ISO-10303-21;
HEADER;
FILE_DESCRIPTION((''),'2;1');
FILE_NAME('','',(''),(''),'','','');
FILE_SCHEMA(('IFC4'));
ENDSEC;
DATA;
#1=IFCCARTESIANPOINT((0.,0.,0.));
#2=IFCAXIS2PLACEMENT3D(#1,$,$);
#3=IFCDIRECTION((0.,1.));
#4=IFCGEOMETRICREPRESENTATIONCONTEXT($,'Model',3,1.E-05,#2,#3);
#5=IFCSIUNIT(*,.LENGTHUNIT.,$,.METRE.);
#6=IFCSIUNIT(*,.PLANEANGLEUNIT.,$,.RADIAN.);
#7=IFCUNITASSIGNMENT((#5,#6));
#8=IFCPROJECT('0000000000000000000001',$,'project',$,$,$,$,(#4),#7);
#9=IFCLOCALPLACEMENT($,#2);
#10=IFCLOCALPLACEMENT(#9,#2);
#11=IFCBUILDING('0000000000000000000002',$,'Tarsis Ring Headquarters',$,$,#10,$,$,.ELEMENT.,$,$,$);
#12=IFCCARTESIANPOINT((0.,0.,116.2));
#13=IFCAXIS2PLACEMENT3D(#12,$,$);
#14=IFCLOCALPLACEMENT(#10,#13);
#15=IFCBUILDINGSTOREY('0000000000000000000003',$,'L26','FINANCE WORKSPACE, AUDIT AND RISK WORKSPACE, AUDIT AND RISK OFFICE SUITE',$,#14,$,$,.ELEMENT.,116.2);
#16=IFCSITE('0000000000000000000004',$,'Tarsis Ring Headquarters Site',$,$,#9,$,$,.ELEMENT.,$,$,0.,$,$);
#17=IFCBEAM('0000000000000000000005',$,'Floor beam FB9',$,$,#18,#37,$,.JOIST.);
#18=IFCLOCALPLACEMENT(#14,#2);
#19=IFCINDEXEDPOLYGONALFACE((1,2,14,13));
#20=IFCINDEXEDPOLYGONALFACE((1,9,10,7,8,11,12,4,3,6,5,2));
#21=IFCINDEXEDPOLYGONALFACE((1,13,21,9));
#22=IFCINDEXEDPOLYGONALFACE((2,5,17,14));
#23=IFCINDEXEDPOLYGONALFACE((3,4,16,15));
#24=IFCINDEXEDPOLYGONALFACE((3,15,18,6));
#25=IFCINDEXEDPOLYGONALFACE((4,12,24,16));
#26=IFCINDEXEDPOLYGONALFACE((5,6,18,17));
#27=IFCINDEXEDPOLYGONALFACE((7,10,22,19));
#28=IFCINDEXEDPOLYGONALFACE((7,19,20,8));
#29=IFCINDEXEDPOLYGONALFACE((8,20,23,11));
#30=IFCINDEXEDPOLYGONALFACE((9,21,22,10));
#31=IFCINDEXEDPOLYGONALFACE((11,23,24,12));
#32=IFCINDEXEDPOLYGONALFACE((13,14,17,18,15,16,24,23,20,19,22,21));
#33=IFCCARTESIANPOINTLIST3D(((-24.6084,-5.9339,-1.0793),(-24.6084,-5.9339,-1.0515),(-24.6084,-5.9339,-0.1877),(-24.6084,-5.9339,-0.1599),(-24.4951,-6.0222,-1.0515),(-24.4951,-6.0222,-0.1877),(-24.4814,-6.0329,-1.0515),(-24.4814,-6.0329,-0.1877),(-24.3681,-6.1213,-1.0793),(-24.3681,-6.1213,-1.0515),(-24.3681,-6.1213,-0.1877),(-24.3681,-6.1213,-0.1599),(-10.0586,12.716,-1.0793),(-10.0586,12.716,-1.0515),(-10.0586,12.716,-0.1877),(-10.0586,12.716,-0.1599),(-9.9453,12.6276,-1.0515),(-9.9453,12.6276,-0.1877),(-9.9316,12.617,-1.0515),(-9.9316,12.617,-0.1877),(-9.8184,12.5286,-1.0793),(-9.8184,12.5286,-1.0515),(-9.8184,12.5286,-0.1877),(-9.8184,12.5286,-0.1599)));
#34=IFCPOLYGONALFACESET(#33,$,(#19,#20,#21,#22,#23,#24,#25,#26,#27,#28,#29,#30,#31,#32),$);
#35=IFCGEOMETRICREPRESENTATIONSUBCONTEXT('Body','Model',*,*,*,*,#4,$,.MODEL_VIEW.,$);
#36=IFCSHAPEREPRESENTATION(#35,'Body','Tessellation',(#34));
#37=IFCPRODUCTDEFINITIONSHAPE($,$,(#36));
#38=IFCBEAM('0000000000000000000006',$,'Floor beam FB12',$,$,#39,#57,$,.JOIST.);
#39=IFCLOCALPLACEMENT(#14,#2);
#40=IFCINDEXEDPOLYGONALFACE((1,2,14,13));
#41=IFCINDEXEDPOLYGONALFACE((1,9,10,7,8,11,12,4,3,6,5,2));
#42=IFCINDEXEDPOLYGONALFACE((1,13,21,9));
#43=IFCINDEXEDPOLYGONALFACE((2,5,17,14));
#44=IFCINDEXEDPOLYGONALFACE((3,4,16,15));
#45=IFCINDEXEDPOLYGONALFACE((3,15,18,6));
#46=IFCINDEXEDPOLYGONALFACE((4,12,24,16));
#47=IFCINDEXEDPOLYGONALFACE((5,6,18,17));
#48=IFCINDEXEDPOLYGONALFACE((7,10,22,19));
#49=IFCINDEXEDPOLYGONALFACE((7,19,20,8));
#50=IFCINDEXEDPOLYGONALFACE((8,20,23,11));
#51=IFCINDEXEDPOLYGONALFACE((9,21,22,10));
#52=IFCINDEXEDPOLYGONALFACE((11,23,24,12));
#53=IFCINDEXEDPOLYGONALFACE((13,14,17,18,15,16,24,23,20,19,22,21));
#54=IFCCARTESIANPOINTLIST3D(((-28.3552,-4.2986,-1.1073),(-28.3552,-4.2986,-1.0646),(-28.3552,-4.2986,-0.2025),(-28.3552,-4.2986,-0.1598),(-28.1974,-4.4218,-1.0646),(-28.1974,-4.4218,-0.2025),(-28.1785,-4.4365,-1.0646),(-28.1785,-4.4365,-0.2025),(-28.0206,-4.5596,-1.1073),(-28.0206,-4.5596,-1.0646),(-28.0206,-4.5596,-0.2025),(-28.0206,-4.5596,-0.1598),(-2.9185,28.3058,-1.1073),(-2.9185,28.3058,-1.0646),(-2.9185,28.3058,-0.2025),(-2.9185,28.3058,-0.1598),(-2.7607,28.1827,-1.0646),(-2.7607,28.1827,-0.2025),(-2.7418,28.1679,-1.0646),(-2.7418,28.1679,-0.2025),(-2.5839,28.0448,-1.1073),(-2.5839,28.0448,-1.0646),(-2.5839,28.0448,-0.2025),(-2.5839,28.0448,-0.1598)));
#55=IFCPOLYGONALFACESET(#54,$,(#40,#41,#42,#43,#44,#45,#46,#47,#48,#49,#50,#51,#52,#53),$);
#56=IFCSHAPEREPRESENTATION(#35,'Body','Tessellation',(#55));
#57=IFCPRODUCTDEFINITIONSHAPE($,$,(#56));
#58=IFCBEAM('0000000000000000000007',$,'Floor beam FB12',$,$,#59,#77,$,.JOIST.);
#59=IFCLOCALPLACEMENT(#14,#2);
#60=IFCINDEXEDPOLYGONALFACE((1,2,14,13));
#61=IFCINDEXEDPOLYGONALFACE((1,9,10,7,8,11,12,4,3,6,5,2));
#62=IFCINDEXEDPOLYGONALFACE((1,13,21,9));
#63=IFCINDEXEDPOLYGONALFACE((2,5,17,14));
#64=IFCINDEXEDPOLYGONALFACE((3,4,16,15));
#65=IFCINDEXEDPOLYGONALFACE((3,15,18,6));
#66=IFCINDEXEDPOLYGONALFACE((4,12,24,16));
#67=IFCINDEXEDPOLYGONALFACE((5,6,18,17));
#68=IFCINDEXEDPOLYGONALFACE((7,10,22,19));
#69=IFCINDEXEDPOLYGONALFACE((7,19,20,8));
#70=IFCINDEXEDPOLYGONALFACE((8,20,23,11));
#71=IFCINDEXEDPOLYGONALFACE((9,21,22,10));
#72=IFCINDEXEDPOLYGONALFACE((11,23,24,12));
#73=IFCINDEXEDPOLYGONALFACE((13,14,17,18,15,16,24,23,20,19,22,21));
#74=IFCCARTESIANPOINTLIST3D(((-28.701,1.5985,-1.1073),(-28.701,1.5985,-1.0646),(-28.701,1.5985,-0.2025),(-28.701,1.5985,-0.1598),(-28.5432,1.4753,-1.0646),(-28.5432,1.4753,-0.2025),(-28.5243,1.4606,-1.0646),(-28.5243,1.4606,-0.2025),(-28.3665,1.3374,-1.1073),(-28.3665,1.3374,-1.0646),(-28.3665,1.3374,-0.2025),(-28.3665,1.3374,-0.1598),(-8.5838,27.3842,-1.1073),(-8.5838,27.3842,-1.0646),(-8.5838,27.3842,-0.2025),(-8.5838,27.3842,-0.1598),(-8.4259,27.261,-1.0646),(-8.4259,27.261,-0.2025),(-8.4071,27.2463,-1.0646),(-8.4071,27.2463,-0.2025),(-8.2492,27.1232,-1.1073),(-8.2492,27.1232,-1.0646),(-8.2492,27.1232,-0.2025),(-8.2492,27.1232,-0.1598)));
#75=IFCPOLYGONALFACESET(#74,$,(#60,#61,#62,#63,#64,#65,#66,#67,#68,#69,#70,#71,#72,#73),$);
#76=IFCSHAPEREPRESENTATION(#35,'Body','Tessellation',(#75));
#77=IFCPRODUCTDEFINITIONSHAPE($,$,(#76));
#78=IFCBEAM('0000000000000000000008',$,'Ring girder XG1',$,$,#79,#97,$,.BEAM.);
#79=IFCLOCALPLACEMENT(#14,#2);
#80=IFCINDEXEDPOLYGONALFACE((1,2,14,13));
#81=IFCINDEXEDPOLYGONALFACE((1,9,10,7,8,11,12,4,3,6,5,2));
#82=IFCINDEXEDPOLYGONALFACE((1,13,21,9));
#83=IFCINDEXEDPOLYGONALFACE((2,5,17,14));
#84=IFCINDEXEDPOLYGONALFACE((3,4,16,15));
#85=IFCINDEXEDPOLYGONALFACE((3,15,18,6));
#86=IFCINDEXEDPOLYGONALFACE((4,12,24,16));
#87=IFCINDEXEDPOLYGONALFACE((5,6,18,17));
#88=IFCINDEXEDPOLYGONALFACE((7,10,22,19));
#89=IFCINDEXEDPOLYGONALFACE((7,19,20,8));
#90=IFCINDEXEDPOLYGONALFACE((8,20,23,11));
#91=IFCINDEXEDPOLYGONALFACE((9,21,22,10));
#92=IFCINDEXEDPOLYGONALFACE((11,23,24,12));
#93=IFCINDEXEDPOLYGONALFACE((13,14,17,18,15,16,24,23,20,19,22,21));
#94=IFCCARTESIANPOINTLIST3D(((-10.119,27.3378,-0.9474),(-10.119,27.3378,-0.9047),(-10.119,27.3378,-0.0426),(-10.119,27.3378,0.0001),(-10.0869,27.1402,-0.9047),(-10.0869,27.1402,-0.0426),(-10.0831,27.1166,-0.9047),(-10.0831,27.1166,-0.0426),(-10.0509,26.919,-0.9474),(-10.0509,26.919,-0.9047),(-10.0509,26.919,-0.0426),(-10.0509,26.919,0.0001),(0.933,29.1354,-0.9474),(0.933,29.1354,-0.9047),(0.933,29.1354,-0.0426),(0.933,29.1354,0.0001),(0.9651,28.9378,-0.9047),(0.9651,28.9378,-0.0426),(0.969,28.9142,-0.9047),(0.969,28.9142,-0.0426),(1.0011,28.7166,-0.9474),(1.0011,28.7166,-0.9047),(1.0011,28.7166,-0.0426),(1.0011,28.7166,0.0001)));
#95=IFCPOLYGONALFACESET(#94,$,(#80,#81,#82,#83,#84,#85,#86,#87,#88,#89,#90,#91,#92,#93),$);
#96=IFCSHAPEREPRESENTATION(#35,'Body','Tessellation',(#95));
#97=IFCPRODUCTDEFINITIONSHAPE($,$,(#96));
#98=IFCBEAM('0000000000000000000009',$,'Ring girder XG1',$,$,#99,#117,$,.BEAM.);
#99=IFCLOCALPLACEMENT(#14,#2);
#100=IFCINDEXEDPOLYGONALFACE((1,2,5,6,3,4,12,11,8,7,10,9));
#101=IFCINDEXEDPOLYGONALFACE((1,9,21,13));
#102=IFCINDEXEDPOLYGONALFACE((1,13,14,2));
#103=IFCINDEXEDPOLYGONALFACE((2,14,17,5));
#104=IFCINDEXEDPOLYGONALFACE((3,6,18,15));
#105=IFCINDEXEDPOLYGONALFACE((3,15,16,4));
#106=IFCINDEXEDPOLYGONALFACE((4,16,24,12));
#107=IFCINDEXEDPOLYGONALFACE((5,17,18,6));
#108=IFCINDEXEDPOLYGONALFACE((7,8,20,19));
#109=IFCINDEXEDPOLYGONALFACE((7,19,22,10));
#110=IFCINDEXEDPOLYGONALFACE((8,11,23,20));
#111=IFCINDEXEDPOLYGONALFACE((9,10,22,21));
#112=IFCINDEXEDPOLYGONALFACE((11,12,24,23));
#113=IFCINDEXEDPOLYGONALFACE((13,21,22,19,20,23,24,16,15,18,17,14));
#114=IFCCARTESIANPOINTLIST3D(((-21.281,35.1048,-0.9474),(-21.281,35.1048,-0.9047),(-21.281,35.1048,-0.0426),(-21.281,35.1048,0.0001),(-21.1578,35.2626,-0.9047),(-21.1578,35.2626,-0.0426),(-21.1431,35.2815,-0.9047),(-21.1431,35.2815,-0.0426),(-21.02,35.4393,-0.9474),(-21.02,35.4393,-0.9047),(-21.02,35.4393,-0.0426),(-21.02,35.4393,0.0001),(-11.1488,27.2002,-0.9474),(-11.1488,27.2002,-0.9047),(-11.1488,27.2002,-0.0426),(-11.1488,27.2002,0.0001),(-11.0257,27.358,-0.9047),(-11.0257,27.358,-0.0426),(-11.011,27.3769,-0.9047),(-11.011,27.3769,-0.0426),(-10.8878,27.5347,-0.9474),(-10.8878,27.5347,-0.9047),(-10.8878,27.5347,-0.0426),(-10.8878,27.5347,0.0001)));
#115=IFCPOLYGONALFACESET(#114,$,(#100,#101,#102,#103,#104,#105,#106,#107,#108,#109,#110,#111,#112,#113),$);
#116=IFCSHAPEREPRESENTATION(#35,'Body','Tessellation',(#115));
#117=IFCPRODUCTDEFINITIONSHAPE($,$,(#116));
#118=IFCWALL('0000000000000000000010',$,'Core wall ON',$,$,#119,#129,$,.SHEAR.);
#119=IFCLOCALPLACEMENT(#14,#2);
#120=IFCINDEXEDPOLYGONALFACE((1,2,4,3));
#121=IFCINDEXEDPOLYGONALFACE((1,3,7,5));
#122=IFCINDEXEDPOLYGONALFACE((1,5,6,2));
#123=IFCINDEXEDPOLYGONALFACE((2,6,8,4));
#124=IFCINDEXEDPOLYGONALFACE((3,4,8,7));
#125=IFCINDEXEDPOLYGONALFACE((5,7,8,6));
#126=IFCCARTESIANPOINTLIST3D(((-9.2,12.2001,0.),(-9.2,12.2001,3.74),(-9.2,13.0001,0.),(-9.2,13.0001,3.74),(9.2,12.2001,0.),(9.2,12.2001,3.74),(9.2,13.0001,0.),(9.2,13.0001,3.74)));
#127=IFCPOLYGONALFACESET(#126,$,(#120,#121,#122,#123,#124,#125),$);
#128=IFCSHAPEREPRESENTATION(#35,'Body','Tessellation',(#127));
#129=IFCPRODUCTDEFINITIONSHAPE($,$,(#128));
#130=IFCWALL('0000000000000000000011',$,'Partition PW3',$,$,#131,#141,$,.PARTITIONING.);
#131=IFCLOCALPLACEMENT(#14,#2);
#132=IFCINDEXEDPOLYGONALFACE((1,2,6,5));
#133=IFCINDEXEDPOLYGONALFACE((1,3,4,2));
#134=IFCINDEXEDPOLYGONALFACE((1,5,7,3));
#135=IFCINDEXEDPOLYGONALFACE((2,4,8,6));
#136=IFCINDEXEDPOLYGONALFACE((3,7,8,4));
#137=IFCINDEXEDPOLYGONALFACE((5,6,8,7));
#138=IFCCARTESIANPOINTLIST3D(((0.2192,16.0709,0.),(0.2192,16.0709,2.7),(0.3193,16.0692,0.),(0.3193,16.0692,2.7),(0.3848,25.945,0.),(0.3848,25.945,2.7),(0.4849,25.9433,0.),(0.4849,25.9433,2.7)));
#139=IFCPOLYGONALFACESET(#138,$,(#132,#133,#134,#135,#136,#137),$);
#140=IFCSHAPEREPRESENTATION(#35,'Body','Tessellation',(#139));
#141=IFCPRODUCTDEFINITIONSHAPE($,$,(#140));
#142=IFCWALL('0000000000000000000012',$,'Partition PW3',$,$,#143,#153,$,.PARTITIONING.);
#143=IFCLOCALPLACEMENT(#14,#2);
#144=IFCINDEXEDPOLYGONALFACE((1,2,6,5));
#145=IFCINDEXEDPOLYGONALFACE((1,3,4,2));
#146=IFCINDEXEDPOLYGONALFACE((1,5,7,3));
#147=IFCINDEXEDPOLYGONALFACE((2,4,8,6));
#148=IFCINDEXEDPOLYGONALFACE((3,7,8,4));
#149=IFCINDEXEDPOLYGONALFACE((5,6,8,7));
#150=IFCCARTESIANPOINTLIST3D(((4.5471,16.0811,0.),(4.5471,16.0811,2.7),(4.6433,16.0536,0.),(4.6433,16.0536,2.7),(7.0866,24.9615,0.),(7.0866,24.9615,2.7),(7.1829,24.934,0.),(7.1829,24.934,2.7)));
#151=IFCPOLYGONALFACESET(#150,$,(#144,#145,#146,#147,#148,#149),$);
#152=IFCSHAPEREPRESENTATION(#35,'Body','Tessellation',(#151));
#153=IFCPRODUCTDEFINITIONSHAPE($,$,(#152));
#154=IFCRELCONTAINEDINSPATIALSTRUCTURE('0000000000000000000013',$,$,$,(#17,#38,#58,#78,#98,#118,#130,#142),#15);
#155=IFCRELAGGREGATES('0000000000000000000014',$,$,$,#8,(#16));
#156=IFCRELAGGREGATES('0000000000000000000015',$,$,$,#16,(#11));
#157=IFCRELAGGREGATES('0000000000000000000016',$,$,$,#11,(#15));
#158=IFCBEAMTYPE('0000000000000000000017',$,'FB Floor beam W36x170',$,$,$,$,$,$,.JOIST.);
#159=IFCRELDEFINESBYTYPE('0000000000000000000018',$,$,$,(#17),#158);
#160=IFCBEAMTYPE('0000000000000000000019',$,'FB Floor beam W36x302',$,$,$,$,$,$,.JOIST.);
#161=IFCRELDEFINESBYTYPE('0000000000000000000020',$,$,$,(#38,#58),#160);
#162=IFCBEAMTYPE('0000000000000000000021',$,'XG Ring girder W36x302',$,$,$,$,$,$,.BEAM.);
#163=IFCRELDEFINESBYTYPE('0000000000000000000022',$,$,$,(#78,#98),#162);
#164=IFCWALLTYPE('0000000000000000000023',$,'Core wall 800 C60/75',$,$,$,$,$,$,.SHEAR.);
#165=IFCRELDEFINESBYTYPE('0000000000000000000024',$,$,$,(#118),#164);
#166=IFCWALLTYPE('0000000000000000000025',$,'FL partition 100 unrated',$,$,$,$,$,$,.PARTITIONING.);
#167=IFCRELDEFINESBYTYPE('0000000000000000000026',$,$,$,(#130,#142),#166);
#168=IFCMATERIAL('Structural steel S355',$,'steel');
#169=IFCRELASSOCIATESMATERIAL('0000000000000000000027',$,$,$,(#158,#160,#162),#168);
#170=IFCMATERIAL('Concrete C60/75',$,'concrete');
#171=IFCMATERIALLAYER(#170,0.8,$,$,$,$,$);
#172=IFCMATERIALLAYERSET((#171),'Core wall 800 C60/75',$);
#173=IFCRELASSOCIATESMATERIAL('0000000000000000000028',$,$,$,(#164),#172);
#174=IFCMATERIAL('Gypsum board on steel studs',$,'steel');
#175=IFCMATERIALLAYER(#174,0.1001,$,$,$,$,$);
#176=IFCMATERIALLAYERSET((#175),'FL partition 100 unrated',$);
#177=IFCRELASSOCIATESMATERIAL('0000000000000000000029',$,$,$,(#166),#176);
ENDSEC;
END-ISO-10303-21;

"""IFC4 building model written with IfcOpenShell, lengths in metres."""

from ifc_helpers import new_model, si_unit, direction, frame, frame_2d, origin, origin_2d, place, context, subcontext, project, spatial, rectangle, i_section, extrude, material, layer, layer_set, material_profile, profile_set, type_object, element, save


model = new_model("IFC4")

# Units and contexts
model_context = context("Model", 3, precision=1e-05, world=origin(), true_north=direction((0.0, 1.0)))
body_context = subcontext(model_context, "Body", "Model", "MODEL_VIEW")
ifc_project = project(units=[si_unit("LENGTHUNIT", "METRE"), si_unit("PLANEANGLEUNIT", "RADIAN")], contexts=[model_context])

# Site, building, storey
site_placement = place(None, origin())
site = spatial("IfcSite", under=ifc_project, at=site_placement, Name="Tarsis Ring Headquarters Site", CompositionType="ELEMENT", RefElevation=0.0)
building_placement = place(site_placement, origin())
building = spatial("IfcBuilding", under=site, at=building_placement, Name="Tarsis Ring Headquarters", CompositionType="ELEMENT")
storey_placement = place(building_placement, frame((0.0, 0.0, 116.2)))
storey = spatial("IfcBuildingStorey", under=building, at=storey_placement, Name="L26", Description="FINANCE WORKSPACE, AUDIT AND RISK WORKSPACE, AUDIT AND RISK OFFICE SUITE", CompositionType="ELEMENT", Elevation=116.2)

# Shared definitions
ifc_material_1 = material(Name="Structural steel S355", Category="steel")

# Beams
ifc_material_profile_1 = material_profile(ifc_material_1, i_section(OverallWidth=0.3047, OverallDepth=0.9194, WebThickness=0.0173, FlangeThickness=0.0278, at=origin_2d()), Name="W36x170")
ifc_profile_set_1 = profile_set([ifc_material_profile_1], Name="Structural steel S355")
beam_type_1 = type_object("IfcBeamType", Name="FB Floor beam W36x170", PredefinedType="JOIST", material=ifc_profile_set_1)
beam_1_placement = place(storey_placement, frame((-9.9385, 12.6223, -0.6196), z_axis=(-0.615108, -0.788443, 0.0), x_axis=(0.788443, -0.615108, 0.0)))
element("IfcBeam", 1, at=beam_1_placement, inside=storey, type_object=beam_type_1, Name="Floor beam FB9", PredefinedType="JOIST", context=body_context, shape_type="SweptSolid", body=[
    extrude(i_section(OverallWidth=0.3047, OverallDepth=0.9194, WebThickness=0.0173, FlangeThickness=0.0278, at=origin_2d()), origin(), (0.0, 0.0, 1.0), 23.6541),
])
ifc_material_profile_2 = material_profile(ifc_material_1, i_section(OverallWidth=0.4243, OverallDepth=0.9475, WebThickness=0.0239, FlangeThickness=0.0427, at=origin_2d()), Name="W36x302")
ifc_profile_set_2 = profile_set([ifc_material_profile_2], Name="Structural steel S355")
beam_type_2 = type_object("IfcBeamType", Name="FB Floor beam W36x302", PredefinedType="JOIST", material=ifc_profile_set_2)
beam_2_placement = place(storey_placement, frame((-2.7512, 28.1753, -0.6335), z_axis=(-0.615111, -0.788441, 0.0), x_axis=(0.788441, -0.615111, 0.0)))
element("IfcBeam", 2, at=beam_2_placement, inside=storey, type_object=beam_type_2, Name="Floor beam FB12", PredefinedType="JOIST", context=body_context, shape_type="SweptSolid", body=[
    extrude(i_section(OverallWidth=0.4243, OverallDepth=0.9475, WebThickness=0.0239, FlangeThickness=0.0427, at=origin_2d()), origin(), (0.0, 0.0, 1.0), 41.353),
])
beam_3_placement = place(storey_placement, frame((-8.4165, 27.2537, -0.6335), z_axis=(-0.615115, -0.788437, 0.0), x_axis=(0.788437, -0.615115, 0.0)))
element("IfcBeam", 3, at=beam_3_placement, inside=storey, type_object=beam_type_2, Name="Floor beam FB12", PredefinedType="JOIST", context=body_context, shape_type="SweptSolid", body=[
    extrude(i_section(OverallWidth=0.4243, OverallDepth=0.9475, WebThickness=0.0239, FlangeThickness=0.0427, at=origin_2d()), origin(), (0.0, 0.0, 1.0), 32.7048),
])
beam_type_3 = type_object("IfcBeamType", Name="XG Ring girder W36x302", PredefinedType="BEAM", material=ifc_profile_set_2)
beam_4_placement = place(storey_placement, frame((0.967, 28.926, -0.4736), z_axis=(-0.987029, -0.16054, 0.0), x_axis=(0.16054, -0.987029, 0.0)))
element("IfcBeam", 4, at=beam_4_placement, inside=storey, type_object=beam_type_3, Name="Ring girder XG1", PredefinedType="BEAM", context=body_context, shape_type="SweptSolid", body=[
    extrude(i_section(OverallWidth=0.4243, OverallDepth=0.9475, WebThickness=0.0239, FlangeThickness=0.0427, at=origin_2d()), origin(), (0.0, 0.0, 1.0), 11.1973),
])
beam_5_placement = place(storey_placement, frame((-11.0183, 27.3674, -0.4736), z_axis=(-0.788445, 0.615105, 0.0), x_axis=(-0.615105, -0.788445, 0.0)))
element("IfcBeam", 5, at=beam_5_placement, inside=storey, type_object=beam_type_3, Name="Ring girder XG1", PredefinedType="BEAM", context=body_context, shape_type="SweptSolid", body=[
    extrude(i_section(OverallWidth=0.4243, OverallDepth=0.9475, WebThickness=0.0239, FlangeThickness=0.0427, at=origin_2d()), origin(), (0.0, 0.0, 1.0), 12.8508),
])

# Walls
ifc_material_2 = material(Name="Concrete C60/75", Category="concrete")
ifc_layer_1 = layer(ifc_material_2, 0.8)
ifc_layer_set_1 = layer_set([ifc_layer_1], Name="Core wall 800 C60/75")
wall_type_1 = type_object("IfcWallType", Name="Core wall 800 C60/75", PredefinedType="SHEAR", material=ifc_layer_set_1)
wall_1_placement = place(storey_placement, frame((-9.2, 12.6001, 0.0), z_axis=(0.0, 0.0, 1.0), x_axis=(1.0, 0.0, 0.0)))
element("IfcWall", 6, at=wall_1_placement, inside=storey, type_object=wall_type_1, Name="Core wall ON", PredefinedType="SHEAR", context=body_context, shape_type="SweptSolid", body=[
    extrude(rectangle(XDim=18.3999, YDim=0.8, at=frame_2d((9.2, 0.0))), origin(), (0.0, 0.0, 1.0), 3.74),
])
ifc_material_3 = material(Name="Gypsum board on steel studs", Category="steel")
ifc_layer_2 = layer(ifc_material_3, 0.1001)
ifc_layer_set_2 = layer_set([ifc_layer_2], Name="FL partition 100 unrated")
wall_type_2 = type_object("IfcWallType", Name="FL partition 100 unrated", PredefinedType="PARTITIONING", material=ifc_layer_set_2)
wall_2_placement = place(storey_placement, frame((0.2693, 16.0701, 0.0), z_axis=(0.0, 0.0, 1.0), x_axis=(0.016762, 0.99986, 0.0)))
element("IfcWall", 7, at=wall_2_placement, inside=storey, type_object=wall_type_2, Name="Partition PW3", PredefinedType="PARTITIONING", context=body_context, shape_type="SweptSolid", body=[
    extrude(rectangle(XDim=9.8755, YDim=0.1001, at=frame_2d((4.9377, 0.0))), origin(), (0.0, 0.0, 1.0), 2.7),
])
wall_3_placement = place(storey_placement, frame((4.5952, 16.0674, 0.0), z_axis=(0.0, 0.0, 1.0), x_axis=(0.274952, 0.961458, 0.0)))
element("IfcWall", 8, at=wall_3_placement, inside=storey, type_object=wall_type_2, Name="Partition PW3", PredefinedType="PARTITIONING", context=body_context, shape_type="SweptSolid", body=[
    extrude(rectangle(XDim=9.2363, YDim=0.1001, at=frame_2d((4.6182, 0.0))), origin(), (0.0, 0.0, 1.0), 2.7),
])

save(model, "model.ifc")
